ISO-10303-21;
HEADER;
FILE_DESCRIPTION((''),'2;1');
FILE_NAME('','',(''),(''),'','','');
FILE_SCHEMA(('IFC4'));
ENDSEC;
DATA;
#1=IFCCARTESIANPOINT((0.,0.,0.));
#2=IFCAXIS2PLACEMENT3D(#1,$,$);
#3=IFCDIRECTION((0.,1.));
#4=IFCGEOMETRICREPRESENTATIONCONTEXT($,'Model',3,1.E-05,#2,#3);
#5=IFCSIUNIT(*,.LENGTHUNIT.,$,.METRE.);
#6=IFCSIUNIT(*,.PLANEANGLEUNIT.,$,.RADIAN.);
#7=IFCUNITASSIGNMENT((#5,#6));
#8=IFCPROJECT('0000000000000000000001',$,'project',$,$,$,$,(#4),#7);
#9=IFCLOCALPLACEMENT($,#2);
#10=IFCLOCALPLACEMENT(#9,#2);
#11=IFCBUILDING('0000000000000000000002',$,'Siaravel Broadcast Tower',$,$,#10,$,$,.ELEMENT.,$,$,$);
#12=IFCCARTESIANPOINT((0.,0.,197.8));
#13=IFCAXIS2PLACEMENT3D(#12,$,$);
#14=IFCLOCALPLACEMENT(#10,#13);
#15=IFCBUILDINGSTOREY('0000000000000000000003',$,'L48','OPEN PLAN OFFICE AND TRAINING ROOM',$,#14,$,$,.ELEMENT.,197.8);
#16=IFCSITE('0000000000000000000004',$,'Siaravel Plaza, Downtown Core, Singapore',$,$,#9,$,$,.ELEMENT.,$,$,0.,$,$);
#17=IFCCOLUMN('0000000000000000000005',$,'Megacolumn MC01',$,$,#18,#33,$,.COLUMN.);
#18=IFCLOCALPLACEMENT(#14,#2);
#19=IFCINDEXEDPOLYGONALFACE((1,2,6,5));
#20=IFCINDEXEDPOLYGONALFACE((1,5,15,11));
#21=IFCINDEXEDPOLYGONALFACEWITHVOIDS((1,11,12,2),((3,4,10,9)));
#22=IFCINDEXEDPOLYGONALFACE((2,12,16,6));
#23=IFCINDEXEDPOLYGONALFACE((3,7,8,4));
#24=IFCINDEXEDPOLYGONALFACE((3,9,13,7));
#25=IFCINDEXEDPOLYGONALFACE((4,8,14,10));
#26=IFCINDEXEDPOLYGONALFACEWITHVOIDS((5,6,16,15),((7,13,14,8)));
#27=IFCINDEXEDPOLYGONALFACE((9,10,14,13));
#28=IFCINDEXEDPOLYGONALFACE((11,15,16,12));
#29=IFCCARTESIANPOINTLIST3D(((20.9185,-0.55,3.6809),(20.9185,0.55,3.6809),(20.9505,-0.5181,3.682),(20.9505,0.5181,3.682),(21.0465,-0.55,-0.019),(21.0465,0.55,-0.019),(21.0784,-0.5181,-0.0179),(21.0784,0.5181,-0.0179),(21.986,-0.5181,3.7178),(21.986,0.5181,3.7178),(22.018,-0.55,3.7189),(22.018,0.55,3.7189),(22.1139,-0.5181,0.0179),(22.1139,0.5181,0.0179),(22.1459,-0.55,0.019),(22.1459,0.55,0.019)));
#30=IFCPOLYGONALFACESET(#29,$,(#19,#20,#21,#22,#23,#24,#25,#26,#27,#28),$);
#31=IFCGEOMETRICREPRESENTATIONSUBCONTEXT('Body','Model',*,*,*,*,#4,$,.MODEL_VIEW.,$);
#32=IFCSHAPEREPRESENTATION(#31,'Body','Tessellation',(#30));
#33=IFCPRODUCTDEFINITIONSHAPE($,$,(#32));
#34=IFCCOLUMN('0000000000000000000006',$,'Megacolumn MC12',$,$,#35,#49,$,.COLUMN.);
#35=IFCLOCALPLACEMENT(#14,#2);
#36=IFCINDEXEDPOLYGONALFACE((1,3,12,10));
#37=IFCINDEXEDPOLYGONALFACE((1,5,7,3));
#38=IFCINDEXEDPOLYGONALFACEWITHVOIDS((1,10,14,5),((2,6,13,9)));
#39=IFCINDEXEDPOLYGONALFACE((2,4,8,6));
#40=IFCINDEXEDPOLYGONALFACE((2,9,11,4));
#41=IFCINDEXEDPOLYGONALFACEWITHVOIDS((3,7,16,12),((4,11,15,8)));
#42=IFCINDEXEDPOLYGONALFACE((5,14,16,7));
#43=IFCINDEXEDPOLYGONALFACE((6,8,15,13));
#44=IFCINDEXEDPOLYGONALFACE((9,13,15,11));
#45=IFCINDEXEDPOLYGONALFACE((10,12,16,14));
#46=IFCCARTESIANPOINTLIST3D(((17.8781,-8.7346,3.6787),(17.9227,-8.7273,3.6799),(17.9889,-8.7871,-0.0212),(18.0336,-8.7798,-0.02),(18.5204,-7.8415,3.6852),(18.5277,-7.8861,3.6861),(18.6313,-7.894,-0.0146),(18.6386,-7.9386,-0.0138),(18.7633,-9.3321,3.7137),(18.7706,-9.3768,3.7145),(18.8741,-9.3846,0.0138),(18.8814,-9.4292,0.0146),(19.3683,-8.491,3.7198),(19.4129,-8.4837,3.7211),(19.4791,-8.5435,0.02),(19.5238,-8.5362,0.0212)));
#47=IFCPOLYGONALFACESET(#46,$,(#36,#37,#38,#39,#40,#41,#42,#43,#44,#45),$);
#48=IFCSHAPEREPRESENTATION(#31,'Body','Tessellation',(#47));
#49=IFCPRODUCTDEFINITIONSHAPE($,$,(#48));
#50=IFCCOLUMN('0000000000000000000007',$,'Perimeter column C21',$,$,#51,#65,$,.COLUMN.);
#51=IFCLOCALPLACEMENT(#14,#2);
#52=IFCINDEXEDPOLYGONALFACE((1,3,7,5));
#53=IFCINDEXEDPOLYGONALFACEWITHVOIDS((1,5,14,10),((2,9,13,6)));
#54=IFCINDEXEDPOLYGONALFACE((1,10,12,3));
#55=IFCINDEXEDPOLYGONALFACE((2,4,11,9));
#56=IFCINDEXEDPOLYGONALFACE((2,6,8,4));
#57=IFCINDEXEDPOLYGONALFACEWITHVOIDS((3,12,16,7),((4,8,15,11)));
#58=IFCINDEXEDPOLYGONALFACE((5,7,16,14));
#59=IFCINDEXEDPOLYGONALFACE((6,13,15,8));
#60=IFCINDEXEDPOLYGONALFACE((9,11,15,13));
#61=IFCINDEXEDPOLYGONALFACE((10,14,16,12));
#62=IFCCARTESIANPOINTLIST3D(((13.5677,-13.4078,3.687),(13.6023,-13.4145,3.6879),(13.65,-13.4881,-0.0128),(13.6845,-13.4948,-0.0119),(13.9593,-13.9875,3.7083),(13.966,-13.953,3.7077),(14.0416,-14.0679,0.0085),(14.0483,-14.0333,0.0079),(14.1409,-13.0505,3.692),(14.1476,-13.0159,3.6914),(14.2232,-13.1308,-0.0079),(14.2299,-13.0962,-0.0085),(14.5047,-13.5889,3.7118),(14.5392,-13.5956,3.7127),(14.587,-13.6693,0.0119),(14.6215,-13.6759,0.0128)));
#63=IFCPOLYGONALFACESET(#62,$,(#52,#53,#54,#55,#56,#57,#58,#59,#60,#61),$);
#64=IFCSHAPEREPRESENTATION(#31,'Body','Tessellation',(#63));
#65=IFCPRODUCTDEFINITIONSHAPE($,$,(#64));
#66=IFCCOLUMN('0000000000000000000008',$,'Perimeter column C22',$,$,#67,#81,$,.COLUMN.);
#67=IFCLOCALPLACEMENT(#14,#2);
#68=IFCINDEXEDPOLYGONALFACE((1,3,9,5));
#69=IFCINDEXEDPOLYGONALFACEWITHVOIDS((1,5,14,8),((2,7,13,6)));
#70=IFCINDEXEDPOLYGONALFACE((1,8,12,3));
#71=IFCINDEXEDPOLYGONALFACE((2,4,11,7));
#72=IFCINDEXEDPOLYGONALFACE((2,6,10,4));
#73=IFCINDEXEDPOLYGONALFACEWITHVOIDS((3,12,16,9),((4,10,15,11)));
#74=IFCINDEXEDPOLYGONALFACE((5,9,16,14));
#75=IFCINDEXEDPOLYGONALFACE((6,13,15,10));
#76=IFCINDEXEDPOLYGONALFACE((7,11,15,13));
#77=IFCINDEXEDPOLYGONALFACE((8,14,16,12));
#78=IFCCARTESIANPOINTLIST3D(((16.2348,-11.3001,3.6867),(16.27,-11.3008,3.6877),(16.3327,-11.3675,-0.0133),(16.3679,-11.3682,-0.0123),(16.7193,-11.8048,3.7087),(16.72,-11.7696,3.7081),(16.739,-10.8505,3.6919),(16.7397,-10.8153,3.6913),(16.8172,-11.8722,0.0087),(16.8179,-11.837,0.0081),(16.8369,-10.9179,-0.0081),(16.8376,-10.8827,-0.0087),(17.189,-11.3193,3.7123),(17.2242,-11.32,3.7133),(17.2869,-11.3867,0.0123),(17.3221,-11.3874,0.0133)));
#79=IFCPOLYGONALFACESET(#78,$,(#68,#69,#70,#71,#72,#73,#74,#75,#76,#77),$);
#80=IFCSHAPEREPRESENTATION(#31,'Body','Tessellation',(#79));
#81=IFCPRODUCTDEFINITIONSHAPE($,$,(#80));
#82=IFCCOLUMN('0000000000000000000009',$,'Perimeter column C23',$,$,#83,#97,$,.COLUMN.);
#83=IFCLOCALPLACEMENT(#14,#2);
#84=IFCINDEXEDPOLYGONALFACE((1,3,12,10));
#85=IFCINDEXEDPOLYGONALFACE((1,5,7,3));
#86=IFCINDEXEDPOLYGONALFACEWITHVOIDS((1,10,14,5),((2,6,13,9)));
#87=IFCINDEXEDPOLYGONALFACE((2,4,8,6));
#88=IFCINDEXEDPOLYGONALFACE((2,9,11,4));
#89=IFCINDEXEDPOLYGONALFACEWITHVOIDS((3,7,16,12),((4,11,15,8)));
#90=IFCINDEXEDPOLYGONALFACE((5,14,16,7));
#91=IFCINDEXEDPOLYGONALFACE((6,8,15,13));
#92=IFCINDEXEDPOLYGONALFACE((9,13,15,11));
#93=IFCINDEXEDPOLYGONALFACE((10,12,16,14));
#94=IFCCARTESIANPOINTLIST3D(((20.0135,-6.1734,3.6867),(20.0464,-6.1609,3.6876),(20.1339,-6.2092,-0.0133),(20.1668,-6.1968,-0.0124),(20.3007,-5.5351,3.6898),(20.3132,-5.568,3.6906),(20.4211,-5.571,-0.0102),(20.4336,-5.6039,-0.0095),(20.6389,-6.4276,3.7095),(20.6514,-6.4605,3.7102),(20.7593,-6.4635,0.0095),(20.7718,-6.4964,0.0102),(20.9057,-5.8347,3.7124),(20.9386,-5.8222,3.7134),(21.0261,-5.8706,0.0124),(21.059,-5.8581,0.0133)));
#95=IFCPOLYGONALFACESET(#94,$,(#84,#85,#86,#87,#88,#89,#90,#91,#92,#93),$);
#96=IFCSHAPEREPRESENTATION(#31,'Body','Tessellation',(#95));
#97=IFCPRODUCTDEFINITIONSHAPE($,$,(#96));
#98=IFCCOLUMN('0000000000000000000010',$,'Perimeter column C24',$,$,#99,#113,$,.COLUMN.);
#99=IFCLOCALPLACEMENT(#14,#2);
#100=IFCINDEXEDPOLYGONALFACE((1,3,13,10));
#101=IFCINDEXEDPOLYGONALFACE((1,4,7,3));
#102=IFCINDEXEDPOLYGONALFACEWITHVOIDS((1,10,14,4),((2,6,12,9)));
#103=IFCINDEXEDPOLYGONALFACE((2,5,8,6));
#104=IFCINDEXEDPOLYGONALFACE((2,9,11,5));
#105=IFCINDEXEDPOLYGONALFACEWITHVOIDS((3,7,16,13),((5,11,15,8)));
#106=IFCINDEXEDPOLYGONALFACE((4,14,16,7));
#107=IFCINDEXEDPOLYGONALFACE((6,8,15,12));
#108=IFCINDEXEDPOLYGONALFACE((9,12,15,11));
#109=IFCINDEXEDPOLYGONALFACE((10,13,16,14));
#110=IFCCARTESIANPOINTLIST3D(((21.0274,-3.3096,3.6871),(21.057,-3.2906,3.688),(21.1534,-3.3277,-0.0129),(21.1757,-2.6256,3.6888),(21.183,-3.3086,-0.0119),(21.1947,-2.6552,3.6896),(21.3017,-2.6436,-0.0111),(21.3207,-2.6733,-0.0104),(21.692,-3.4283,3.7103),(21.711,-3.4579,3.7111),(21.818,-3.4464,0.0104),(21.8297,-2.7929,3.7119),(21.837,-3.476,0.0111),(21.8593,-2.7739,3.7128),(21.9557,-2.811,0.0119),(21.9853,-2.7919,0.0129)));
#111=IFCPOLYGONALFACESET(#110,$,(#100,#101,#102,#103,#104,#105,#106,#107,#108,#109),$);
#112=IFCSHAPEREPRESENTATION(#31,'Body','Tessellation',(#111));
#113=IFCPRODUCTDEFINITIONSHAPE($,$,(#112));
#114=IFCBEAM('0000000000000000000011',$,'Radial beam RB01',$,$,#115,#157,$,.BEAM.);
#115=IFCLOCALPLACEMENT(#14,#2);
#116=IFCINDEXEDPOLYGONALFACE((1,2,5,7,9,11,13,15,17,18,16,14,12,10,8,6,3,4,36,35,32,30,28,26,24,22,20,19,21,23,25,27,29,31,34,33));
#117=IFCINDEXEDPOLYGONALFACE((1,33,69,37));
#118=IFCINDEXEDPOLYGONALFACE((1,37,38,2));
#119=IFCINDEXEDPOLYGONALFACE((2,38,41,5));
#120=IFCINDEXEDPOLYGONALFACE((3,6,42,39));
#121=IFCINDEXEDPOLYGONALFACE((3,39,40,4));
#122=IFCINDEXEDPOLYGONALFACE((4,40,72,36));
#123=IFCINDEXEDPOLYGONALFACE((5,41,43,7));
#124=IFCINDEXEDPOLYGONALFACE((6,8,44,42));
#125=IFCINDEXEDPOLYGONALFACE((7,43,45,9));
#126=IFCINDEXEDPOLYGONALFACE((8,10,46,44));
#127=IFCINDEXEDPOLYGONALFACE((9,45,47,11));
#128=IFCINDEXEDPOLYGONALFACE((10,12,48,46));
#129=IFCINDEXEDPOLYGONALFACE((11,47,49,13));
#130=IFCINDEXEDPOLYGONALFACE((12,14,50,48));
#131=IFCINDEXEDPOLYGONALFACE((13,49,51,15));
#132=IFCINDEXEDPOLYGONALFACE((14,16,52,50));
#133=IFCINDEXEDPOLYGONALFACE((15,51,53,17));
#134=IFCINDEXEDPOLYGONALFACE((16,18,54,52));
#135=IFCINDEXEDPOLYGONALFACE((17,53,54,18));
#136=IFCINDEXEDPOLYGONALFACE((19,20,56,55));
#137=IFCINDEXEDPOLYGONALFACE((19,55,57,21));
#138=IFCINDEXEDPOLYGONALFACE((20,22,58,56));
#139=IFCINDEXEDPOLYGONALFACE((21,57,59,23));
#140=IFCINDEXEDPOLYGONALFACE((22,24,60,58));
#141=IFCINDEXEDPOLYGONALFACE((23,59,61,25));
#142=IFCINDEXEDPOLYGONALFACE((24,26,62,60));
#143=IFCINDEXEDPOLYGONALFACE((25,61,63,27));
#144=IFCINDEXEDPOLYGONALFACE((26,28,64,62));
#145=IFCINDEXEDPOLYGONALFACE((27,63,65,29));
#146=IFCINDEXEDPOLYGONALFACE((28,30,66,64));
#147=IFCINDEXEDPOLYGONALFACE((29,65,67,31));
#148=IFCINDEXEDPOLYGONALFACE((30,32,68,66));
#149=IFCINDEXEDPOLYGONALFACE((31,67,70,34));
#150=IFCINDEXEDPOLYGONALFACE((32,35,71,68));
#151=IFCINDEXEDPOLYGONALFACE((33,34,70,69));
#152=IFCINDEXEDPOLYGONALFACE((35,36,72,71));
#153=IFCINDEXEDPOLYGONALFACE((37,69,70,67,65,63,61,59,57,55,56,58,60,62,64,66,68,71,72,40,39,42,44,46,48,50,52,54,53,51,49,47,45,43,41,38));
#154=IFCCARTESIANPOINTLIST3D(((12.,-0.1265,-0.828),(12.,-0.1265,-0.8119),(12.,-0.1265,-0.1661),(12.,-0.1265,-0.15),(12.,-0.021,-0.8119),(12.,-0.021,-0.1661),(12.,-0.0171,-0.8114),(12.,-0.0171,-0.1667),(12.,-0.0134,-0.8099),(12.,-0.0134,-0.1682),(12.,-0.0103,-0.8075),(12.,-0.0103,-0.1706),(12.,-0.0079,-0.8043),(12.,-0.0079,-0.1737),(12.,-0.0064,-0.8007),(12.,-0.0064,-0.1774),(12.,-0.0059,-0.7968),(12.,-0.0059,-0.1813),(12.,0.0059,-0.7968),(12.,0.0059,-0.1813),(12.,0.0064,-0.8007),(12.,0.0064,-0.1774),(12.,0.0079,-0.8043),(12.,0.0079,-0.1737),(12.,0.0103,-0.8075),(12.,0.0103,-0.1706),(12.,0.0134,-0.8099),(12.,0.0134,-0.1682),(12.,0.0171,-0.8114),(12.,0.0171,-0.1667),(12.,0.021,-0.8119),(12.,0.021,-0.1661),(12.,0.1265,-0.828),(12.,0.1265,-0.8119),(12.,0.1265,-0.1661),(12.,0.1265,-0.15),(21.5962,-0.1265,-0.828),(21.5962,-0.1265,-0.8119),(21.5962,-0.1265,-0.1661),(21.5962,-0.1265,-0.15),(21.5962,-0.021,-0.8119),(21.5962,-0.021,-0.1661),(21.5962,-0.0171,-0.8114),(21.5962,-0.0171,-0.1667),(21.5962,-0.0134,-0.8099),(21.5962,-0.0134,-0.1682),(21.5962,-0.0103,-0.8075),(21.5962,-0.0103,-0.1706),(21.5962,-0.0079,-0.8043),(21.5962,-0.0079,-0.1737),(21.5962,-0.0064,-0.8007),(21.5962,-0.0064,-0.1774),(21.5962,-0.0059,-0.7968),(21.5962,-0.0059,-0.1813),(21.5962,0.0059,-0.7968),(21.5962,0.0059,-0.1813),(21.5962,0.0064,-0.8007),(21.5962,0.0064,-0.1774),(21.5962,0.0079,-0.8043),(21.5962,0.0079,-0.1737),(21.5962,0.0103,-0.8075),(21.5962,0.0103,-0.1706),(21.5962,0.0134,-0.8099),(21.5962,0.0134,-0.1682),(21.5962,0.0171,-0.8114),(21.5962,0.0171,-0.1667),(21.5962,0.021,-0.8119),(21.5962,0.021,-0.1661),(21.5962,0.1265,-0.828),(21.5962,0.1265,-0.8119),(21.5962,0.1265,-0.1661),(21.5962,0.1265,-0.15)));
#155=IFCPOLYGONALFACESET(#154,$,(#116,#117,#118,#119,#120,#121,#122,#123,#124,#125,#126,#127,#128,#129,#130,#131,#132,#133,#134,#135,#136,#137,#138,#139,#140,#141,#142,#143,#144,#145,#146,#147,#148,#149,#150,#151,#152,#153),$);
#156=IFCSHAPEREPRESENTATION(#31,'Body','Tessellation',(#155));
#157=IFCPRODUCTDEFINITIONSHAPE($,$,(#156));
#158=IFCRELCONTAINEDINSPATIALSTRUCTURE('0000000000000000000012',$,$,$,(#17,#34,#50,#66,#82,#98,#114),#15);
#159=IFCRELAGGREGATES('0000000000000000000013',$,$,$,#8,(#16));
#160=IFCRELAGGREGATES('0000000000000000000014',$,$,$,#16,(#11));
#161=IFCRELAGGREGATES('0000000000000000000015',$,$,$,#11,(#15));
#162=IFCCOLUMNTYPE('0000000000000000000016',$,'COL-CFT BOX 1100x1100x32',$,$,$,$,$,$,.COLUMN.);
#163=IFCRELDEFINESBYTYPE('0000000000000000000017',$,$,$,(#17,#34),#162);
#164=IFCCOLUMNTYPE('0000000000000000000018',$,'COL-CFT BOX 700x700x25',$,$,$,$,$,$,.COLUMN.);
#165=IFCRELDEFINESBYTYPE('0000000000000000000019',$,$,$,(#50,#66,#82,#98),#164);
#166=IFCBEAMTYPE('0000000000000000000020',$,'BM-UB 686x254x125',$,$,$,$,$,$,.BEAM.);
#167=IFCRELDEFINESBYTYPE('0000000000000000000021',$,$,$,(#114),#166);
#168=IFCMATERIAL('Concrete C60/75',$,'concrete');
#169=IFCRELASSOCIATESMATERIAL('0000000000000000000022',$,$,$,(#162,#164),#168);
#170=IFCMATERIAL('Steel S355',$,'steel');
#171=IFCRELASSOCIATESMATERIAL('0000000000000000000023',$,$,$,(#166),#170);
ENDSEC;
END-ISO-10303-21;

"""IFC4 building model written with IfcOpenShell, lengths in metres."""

from ifc_helpers import new_model, si_unit, direction, frame, origin, origin_2d, place, context, subcontext, project, spatial, hollow_rectangle, i_section, extrude, material, material_profile, profile_set, type_object, element, save


model = new_model("IFC4")

# Units and contexts
model_context = context("Model", 3, precision=1e-05, world=origin(), true_north=direction((0.0, 1.0)))
body_context = subcontext(model_context, "Body", "Model", "MODEL_VIEW")
ifc_project = project(units=[si_unit("LENGTHUNIT", "METRE"), si_unit("PLANEANGLEUNIT", "RADIAN")], contexts=[model_context])

# Site, building, storey
site_placement = place(None, origin())
site = spatial("IfcSite", under=ifc_project, at=site_placement, Name="Siaravel Plaza, Downtown Core, Singapore", CompositionType="ELEMENT", RefElevation=0.0)
building_placement = place(site_placement, origin())
building = spatial("IfcBuilding", under=site, at=building_placement, Name="Siaravel Broadcast Tower", CompositionType="ELEMENT")
storey_placement = place(building_placement, frame((0.0, 0.0, 197.8)))
storey = spatial("IfcBuildingStorey", under=building, at=storey_placement, Name="L48", Description="OPEN PLAN OFFICE AND TRAINING ROOM", CompositionType="ELEMENT", Elevation=197.8)

# Columns
ifc_material_1 = material(Name="Concrete C60/75", Category="concrete")
ifc_material_profile_1 = material_profile(ifc_material_1, hollow_rectangle(XDim=1.1001, YDim=1.1001, WallThickness=0.032, at=origin_2d()))
ifc_profile_set_1 = profile_set([ifc_material_profile_1], Name="Concrete C60/75")
column_type_1 = type_object("IfcColumnType", Name="COL-CFT BOX 1100x1100x32", PredefinedType="COLUMN", material=ifc_profile_set_1)
column_1_placement = place(storey_placement, frame((21.5962, 0.0, 0.0), z_axis=(-0.034555, 0.0, 0.999403), x_axis=(0.0, -1.0, 0.0)))
element("IfcColumn", 1, at=column_1_placement, inside=storey, type_object=column_type_1, Name="Megacolumn MC01", PredefinedType="COLUMN", context=body_context, shape_type="SweptSolid", body=[
    extrude(hollow_rectangle(XDim=1.1001, YDim=1.1001, WallThickness=0.032, at=origin_2d()), origin(), (0.0, 0.0, 1.0), 3.7021),
])
column_2_placement = place(storey_placement, frame((18.7563, -8.6616, 0.0), z_axis=(-0.029941, 0.014179, 0.999451), x_axis=(-0.583902, -0.811802, -0.005975)))
element("IfcColumn", 2, at=column_2_placement, inside=storey, type_object=column_type_1, Name="Megacolumn MC12", PredefinedType="COLUMN", context=body_context, shape_type="SweptSolid", body=[
    extrude(hollow_rectangle(XDim=1.1001, YDim=1.1001, WallThickness=0.032, at=origin_2d()), origin(), (0.0, 0.0, 1.0), 3.7019),
])
ifc_material_profile_2 = material_profile(ifc_material_1, hollow_rectangle(XDim=0.7, YDim=0.7, WallThickness=0.0249, at=origin_2d()))
ifc_profile_set_2 = profile_set([ifc_material_profile_2], Name="Concrete C60/75")
column_type_2 = type_object("IfcColumnType", Name="COL-CFT BOX 700x700x25", PredefinedType="COLUMN", material=ifc_profile_set_2)
column_3_placement = place(storey_placement, frame((14.1357, -13.582, 0.0), z_axis=(-0.022226, 0.021699, 0.999517), x_axis=(-0.828526, -0.559915, -0.006269)))
element("IfcColumn", 3, at=column_3_placement, inside=storey, type_object=column_type_2, Name="Perimeter column C21", PredefinedType="COLUMN", context=body_context, shape_type="SweptSolid", body=[
    extrude(hollow_rectangle(XDim=0.7, YDim=0.7, WallThickness=0.0249, at=origin_2d()), origin(), (0.0, 0.0, 1.0), 3.7017),
])
column_4_placement = place(storey_placement, frame((16.8274, -11.3774, 0.0), z_axis=(-0.026446, 0.018202, 0.999484), x_axis=(-0.721262, -0.692632, -0.00647)))
element("IfcColumn", 4, at=column_4_placement, inside=storey, type_object=column_type_2, Name="Perimeter column C22", PredefinedType="COLUMN", context=body_context, shape_type="SweptSolid", body=[
    extrude(hollow_rectangle(XDim=0.7, YDim=0.7, WallThickness=0.0249, at=origin_2d()), origin(), (0.0, 0.0, 1.0), 3.7019),
])
for number, where, z_axis, x_axis, name in (
    (5, (20.5964, -6.0337, 0.0), (-0.032512, 0.009694, 0.999424), (-0.410379, -0.911904, -0.004505), "Perimeter column C23"),
    (6, (21.5693, -3.0598, 0.0), (-0.034028, 0.00488, 0.999409), (-0.211884, -0.977292, -0.002442), "Perimeter column C24"),
):
    element("IfcColumn", number, at=place(storey_placement, frame(where, z_axis=z_axis, x_axis=x_axis)), inside=storey, type_object=column_type_2, Name=name, PredefinedType="COLUMN", context=body_context, shape_type="SweptSolid", body=[
        extrude(hollow_rectangle(XDim=0.7, YDim=0.7, WallThickness=0.0249, at=origin_2d()), origin(), (0.0, 0.0, 1.0), 3.7021),
    ])

# Beam
ifc_material_2 = material(Name="Steel S355", Category="steel")
ifc_material_profile_3 = material_profile(ifc_material_2, i_section(OverallWidth=0.2529, OverallDepth=0.678, WebThickness=0.0117, FlangeThickness=0.0161, FilletRadius=0.0151, at=origin_2d()))
ifc_profile_set_3 = profile_set([ifc_material_profile_3], Name="Steel S355")
beam_type = type_object("IfcBeamType", Name="BM-UB 686x254x125", PredefinedType="BEAM", material=ifc_profile_set_3)
beam_1_placement = place(storey_placement, frame((21.5962, 0.0, -0.489), z_axis=(-1.0, 0.0, 0.0), x_axis=(0.0, -1.0, 0.0)))
element("IfcBeam", 7, at=beam_1_placement, inside=storey, type_object=beam_type, Name="Radial beam RB01", PredefinedType="BEAM", context=body_context, shape_type="SweptSolid", body=[
    extrude(i_section(OverallWidth=0.2529, OverallDepth=0.678, WebThickness=0.0117, FlangeThickness=0.0161, FilletRadius=0.0151, at=origin_2d()), origin(), (0.0, 0.0, 1.0), 9.5962),
])

save(model, "model.ifc")
